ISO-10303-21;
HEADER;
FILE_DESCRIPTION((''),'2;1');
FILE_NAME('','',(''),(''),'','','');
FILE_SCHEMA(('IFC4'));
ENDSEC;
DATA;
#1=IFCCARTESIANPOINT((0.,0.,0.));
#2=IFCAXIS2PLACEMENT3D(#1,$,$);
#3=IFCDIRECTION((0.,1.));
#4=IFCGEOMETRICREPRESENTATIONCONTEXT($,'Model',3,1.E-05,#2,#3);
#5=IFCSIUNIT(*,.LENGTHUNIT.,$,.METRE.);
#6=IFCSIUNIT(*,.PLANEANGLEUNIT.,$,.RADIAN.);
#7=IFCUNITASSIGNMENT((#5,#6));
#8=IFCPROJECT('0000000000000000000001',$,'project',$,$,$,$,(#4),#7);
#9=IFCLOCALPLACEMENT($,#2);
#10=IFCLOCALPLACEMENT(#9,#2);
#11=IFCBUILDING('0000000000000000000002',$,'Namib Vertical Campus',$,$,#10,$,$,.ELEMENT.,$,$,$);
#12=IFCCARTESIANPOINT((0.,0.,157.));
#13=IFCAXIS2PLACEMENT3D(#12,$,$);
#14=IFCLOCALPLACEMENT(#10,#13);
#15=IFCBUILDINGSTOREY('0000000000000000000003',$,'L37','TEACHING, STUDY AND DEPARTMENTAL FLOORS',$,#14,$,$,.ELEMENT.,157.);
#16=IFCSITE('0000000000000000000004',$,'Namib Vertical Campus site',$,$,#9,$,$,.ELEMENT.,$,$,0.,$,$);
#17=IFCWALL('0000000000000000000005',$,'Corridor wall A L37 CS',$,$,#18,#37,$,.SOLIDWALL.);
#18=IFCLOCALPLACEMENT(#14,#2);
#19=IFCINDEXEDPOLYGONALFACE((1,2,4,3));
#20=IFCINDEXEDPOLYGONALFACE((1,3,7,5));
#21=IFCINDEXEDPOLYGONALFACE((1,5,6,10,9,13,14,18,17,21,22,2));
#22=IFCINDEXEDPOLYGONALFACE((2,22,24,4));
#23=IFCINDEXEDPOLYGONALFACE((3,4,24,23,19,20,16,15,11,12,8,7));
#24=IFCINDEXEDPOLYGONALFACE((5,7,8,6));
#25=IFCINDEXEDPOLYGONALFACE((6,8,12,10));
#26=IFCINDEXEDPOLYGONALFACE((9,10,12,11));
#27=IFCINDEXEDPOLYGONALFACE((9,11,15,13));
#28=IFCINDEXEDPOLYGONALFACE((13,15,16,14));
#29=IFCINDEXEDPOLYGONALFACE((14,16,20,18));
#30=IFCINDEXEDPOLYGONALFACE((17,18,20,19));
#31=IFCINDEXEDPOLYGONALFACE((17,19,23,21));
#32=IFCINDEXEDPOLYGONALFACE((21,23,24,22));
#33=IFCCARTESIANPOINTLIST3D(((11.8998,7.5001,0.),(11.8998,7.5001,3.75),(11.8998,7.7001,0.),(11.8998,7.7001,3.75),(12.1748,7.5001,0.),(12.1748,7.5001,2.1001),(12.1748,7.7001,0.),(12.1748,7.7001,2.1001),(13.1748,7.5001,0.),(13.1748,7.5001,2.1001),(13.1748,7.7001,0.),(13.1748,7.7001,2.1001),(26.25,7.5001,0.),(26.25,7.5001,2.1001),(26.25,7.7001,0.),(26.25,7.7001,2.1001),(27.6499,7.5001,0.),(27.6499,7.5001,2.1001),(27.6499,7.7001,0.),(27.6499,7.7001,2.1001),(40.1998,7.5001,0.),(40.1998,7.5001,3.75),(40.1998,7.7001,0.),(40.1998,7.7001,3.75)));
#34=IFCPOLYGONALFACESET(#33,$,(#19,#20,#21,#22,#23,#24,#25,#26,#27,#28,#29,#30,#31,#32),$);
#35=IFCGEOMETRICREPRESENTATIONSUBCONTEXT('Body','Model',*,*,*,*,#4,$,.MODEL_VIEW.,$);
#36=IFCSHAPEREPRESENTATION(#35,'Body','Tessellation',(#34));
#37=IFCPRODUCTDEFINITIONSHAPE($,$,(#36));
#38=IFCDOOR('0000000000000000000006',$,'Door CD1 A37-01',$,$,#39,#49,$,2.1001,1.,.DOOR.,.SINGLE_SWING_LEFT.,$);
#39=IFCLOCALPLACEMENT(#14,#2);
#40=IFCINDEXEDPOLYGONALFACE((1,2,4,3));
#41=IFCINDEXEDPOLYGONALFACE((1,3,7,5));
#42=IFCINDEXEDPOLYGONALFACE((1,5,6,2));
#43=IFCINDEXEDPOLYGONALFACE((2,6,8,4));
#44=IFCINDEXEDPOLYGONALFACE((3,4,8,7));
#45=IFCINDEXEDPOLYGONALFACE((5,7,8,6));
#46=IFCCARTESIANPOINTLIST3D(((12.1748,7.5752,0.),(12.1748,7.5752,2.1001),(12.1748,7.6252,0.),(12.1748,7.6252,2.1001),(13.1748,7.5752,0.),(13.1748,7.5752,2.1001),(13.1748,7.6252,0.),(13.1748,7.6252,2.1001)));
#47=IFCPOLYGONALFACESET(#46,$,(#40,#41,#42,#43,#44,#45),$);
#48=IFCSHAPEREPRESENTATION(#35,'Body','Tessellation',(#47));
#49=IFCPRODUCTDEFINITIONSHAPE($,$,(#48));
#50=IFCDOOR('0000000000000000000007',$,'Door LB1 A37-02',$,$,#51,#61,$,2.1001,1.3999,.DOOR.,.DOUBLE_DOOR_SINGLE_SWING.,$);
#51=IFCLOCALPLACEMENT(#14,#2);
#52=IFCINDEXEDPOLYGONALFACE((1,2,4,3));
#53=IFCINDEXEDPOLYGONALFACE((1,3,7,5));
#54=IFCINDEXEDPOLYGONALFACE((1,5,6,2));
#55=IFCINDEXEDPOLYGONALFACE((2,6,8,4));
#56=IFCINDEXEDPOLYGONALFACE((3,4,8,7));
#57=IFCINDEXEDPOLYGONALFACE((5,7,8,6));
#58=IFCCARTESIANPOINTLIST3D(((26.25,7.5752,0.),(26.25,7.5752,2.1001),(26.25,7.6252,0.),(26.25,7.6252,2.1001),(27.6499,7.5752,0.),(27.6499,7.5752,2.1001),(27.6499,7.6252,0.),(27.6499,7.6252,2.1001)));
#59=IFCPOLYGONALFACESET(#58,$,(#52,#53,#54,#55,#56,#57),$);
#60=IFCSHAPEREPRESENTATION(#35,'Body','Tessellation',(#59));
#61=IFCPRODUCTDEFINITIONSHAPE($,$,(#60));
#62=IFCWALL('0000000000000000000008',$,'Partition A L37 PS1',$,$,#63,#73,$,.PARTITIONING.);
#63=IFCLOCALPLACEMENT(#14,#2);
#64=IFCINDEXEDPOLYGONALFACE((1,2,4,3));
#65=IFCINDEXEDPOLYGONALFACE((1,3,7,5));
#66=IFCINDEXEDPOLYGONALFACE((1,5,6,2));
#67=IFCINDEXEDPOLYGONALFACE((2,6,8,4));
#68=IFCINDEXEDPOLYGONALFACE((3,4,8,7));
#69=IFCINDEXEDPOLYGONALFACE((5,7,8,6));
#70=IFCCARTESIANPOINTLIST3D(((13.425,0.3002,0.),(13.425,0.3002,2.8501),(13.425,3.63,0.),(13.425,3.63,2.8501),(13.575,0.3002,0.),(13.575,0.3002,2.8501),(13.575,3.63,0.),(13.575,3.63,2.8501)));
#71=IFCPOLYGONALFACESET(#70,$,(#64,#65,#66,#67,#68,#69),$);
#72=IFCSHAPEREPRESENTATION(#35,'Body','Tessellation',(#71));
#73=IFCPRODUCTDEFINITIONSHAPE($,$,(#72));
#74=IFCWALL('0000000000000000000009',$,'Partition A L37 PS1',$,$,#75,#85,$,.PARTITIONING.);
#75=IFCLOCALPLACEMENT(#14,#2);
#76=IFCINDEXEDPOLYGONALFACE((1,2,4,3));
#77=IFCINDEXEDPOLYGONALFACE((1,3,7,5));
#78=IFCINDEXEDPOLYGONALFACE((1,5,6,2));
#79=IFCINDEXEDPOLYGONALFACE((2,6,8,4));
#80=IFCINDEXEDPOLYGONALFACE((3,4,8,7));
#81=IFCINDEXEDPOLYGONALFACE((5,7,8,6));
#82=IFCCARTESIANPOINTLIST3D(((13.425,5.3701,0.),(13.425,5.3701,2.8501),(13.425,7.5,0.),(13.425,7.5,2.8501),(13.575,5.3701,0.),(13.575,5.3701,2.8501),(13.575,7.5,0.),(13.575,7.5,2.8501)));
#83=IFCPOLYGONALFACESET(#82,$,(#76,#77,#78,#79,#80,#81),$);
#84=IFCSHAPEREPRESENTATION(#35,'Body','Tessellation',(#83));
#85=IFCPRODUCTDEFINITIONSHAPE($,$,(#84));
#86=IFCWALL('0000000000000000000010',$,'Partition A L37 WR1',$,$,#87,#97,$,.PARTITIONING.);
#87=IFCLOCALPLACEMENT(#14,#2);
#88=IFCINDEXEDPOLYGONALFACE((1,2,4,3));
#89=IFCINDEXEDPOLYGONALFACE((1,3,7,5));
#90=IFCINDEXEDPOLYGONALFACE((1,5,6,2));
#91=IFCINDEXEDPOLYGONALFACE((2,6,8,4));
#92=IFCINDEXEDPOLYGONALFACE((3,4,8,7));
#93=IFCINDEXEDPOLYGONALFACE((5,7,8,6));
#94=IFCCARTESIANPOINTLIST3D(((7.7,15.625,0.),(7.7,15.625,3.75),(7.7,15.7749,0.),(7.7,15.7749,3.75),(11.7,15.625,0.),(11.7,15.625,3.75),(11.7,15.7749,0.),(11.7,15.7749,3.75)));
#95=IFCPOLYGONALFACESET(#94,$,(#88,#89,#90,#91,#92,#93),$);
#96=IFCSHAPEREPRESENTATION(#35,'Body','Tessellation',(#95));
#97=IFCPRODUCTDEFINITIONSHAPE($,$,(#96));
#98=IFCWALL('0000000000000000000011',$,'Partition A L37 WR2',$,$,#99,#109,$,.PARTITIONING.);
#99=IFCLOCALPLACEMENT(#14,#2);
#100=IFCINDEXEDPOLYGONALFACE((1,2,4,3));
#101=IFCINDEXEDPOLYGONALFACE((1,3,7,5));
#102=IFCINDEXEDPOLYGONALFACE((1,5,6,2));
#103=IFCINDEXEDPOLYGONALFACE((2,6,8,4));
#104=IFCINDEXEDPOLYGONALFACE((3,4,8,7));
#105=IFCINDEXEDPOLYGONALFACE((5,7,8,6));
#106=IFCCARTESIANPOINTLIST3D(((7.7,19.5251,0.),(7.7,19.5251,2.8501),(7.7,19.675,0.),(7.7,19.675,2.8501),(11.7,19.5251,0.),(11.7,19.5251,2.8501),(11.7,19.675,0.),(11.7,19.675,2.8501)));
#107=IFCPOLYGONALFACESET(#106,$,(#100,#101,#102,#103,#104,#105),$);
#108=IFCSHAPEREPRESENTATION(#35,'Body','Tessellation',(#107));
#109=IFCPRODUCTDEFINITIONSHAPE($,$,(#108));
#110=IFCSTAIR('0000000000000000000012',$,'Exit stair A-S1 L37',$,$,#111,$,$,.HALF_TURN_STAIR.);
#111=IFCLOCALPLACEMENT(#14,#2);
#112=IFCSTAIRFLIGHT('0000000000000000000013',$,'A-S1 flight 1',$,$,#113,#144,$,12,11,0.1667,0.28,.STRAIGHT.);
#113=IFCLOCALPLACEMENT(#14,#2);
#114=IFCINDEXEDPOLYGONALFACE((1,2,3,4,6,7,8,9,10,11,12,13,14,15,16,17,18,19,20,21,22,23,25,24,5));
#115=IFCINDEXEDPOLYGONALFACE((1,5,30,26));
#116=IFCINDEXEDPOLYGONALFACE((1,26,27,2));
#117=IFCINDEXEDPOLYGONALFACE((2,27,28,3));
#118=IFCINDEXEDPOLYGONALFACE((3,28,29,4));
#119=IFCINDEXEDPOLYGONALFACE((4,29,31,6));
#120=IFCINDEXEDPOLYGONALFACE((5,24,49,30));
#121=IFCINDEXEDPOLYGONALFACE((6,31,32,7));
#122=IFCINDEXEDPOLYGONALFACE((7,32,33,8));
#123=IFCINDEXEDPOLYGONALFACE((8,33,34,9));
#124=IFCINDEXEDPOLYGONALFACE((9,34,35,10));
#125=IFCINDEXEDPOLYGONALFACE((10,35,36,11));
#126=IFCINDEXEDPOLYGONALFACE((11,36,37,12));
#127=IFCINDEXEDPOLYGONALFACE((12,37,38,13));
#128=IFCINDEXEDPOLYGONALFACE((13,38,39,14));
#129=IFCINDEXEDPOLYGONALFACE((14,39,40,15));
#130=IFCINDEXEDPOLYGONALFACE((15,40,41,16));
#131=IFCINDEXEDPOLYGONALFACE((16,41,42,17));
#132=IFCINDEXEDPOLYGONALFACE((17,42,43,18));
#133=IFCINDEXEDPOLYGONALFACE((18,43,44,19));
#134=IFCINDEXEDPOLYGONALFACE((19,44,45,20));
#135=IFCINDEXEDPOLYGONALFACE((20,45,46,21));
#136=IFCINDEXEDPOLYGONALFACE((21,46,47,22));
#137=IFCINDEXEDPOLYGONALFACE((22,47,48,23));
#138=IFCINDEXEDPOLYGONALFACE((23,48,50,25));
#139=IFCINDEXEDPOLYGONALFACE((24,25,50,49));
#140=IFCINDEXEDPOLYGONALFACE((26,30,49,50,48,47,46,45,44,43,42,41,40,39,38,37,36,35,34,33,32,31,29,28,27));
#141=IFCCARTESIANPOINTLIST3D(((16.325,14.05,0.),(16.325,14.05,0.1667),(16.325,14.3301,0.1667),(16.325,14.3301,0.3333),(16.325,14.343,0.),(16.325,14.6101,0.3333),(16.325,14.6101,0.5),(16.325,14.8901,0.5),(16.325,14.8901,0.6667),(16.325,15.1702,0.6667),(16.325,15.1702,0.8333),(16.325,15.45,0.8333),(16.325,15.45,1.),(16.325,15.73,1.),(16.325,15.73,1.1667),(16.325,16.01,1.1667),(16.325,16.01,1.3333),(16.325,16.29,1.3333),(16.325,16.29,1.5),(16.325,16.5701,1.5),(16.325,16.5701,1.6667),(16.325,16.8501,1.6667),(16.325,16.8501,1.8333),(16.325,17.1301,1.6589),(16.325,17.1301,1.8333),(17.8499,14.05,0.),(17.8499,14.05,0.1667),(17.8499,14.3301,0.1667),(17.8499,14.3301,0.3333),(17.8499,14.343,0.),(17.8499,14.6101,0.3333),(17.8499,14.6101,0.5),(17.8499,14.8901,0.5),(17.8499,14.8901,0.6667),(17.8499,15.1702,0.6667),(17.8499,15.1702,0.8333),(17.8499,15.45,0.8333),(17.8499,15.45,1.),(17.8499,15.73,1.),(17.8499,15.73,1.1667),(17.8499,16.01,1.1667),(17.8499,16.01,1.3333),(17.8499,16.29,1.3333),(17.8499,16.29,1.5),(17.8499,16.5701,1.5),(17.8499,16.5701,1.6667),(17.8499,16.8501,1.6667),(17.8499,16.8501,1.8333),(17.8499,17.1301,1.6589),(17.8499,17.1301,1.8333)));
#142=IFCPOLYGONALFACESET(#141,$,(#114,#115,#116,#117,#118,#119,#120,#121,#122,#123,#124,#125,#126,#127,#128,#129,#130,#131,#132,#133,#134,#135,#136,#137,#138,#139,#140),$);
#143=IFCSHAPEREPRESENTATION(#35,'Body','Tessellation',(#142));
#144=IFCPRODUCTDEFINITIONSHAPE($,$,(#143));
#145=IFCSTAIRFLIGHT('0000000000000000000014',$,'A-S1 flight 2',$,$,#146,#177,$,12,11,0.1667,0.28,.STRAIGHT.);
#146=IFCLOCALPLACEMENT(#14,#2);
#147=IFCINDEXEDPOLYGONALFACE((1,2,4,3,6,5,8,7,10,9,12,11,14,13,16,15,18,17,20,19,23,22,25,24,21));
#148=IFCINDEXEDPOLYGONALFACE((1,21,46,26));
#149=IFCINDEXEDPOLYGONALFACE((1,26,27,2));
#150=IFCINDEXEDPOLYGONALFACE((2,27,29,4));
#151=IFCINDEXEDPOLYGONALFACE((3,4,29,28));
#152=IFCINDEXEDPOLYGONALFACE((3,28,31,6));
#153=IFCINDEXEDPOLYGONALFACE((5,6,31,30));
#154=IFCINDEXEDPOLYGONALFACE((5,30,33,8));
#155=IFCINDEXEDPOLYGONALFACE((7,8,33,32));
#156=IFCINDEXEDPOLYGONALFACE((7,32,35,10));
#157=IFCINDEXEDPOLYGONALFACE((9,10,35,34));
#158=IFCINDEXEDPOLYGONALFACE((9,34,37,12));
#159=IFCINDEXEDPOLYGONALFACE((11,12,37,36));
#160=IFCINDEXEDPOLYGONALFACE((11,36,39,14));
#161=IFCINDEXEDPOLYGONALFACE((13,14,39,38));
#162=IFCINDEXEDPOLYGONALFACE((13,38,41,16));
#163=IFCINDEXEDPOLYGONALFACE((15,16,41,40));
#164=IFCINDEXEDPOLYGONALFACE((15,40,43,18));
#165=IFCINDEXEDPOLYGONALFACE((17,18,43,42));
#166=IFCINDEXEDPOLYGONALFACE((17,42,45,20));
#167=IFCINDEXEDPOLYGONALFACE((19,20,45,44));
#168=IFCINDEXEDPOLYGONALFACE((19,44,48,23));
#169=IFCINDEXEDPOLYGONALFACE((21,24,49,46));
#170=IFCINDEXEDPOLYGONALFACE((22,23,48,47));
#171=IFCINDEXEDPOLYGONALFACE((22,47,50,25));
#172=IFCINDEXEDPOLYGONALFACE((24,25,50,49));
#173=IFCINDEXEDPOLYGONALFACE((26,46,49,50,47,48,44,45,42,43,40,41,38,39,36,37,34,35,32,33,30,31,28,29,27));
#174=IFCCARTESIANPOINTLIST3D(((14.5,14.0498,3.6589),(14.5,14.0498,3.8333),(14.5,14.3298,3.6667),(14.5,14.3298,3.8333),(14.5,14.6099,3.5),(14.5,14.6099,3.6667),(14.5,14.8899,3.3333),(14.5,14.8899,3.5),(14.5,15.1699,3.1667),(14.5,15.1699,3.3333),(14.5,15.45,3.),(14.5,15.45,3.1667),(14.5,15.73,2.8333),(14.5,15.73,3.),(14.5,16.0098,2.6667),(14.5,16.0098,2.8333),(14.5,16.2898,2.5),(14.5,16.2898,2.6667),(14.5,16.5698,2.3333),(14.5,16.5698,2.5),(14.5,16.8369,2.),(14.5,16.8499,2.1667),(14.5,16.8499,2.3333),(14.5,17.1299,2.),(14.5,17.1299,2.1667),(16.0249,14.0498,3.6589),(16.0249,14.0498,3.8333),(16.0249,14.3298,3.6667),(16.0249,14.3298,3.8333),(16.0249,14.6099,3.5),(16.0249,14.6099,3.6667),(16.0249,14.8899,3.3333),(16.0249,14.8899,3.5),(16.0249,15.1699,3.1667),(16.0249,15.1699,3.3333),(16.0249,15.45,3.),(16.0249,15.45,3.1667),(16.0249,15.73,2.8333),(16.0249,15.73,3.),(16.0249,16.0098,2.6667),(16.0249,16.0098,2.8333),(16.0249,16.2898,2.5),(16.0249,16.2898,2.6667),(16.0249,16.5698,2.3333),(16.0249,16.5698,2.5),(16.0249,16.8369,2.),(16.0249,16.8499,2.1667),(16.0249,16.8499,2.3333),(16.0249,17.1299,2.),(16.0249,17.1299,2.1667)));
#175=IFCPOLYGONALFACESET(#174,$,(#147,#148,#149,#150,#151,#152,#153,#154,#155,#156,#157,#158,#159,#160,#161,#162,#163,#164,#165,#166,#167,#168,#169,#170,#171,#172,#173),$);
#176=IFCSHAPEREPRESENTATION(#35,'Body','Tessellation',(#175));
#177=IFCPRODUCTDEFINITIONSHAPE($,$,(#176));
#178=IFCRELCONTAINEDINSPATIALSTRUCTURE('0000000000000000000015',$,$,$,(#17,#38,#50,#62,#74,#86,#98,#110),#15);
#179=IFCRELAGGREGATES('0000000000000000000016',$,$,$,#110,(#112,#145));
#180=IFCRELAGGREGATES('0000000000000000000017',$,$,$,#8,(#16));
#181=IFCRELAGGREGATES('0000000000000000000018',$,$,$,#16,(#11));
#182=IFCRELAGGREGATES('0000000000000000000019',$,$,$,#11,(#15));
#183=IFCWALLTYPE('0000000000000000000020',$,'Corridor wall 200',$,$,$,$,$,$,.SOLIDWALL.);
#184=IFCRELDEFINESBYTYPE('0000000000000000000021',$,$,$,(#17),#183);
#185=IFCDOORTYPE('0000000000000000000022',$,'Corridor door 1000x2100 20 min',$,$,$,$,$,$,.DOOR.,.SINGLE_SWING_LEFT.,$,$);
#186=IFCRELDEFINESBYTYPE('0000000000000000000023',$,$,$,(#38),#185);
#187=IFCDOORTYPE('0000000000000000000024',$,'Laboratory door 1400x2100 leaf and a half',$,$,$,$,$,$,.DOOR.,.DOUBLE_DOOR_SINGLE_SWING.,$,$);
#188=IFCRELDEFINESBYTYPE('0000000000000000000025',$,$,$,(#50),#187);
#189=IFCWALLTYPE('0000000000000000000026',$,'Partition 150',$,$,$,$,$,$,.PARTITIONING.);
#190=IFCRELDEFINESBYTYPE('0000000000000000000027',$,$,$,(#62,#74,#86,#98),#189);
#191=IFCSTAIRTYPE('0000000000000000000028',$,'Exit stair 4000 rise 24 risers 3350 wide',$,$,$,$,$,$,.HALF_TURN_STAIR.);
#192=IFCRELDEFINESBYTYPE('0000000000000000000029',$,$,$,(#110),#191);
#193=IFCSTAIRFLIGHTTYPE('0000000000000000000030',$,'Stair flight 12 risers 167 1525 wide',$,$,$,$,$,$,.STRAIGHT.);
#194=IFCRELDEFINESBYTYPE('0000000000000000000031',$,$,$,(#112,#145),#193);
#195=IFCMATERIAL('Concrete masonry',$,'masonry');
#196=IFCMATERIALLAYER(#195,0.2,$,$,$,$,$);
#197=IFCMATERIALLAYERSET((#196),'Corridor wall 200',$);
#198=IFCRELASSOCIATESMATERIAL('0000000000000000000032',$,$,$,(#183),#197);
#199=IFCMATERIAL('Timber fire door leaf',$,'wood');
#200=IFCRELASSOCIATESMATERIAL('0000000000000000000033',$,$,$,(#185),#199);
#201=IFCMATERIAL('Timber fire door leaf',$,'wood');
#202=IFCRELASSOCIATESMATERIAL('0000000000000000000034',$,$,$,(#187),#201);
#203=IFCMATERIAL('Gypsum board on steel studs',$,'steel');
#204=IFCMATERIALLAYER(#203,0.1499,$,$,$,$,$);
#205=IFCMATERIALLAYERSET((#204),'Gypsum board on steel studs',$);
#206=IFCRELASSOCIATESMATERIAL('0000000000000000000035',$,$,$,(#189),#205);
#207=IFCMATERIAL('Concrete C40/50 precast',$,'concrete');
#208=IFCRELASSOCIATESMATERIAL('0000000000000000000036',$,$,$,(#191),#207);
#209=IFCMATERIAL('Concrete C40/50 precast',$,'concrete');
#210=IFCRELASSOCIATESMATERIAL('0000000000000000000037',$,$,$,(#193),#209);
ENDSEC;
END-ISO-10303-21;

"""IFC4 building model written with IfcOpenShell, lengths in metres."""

from ifc_helpers import new_model, si_unit, direction, frame, frame_2d, origin, place, context, subcontext, project, spatial, polyline, rectangle, outline, extrude, material, layer, layer_set, type_object, element, fill, aggregate, save


model = new_model("IFC4")

# Units and contexts
model_context = context("Model", 3, precision=1e-05, world=origin(), true_north=direction((0.0, 1.0)))
body_context = subcontext(model_context, "Body", "Model", "MODEL_VIEW")
ifc_project = project(units=[si_unit("LENGTHUNIT", "METRE"), si_unit("PLANEANGLEUNIT", "RADIAN")], contexts=[model_context])

# Site, building, storey
site_placement = place(None, origin())
site = spatial("IfcSite", under=ifc_project, at=site_placement, Name="Namib Vertical Campus site", CompositionType="ELEMENT", RefElevation=0.0)
building_placement = place(site_placement, origin())
building = spatial("IfcBuilding", under=site, at=building_placement, Name="Namib Vertical Campus", CompositionType="ELEMENT")
storey_placement = place(building_placement, frame((0.0, 0.0, 157.0)))
storey = spatial("IfcBuildingStorey", under=building, at=storey_placement, Name="L37", Description="TEACHING, STUDY AND DEPARTMENTAL FLOORS", CompositionType="ELEMENT", Elevation=157.0)

# Wall, openings, doors
ifc_material_1 = material(Name="Concrete masonry", Category="masonry")
ifc_layer_1 = layer(ifc_material_1, 0.2)
ifc_layer_set_1 = layer_set([ifc_layer_1], Name="Corridor wall 200")
wall_type_1 = type_object("IfcWallType", Name="Corridor wall 200", PredefinedType="SOLIDWALL", material=ifc_layer_set_1)
wall_1_placement = place(storey_placement, frame((11.8999, 7.6001, 0.0), z_axis=(0.0, 0.0, 1.0), x_axis=(1.0, 0.0, 0.0)))
wall_1 = element("IfcWall", 1, at=wall_1_placement, inside=storey, type_object=wall_type_1, Name="Corridor wall A L37 CS", PredefinedType="SOLIDWALL", context=body_context, shape_type="SweptSolid", body=[
    extrude(rectangle(XDim=28.3, YDim=0.2, at=frame_2d((14.1499, 0.0))), origin(), (0.0, 0.0, 1.0), 3.75),
])
opening_1_placement = place(wall_1_placement, frame((0.2749, 0.0, 0.0)))
opening_1 = element("IfcOpeningElement", 2, at=opening_1_placement, cuts=wall_1, PredefinedType="OPENING", context=body_context, shape_type="SweptSolid", body=[
    extrude(rectangle(XDim=1.0, YDim=2.1001, at=frame_2d((0.5, 1.05))), frame((0.0, 0.1099, 0.0), z_axis=(0.0, -1.0, 0.0), x_axis=(1.0, 0.0, 0.0)), (0.0, 0.0, 1.0), 0.22),
])
opening_2_placement = place(wall_1_placement, frame((14.3501, 0.0, 0.0)))
opening_2 = element("IfcOpeningElement", 3, at=opening_2_placement, cuts=wall_1, PredefinedType="OPENING", context=body_context, shape_type="SweptSolid", body=[
    extrude(rectangle(XDim=1.3999, YDim=2.1001, at=frame_2d((0.7, 1.05))), frame((0.0, 0.1099, 0.0), z_axis=(0.0, -1.0, 0.0), x_axis=(1.0, 0.0, 0.0)), (0.0, 0.0, 1.0), 0.22),
])
ifc_material_2 = material(Name="Timber fire door leaf", Category="wood")
door_type_1 = type_object("IfcDoorType", Name="Corridor door 1000x2100 20 min", OperationType="SINGLE_SWING_LEFT", PredefinedType="DOOR", material=ifc_material_2)
door_1_placement = place(opening_1_placement, frame((1.0, 0.0, 0.0), z_axis=(0.0, 0.0, 1.0), x_axis=(-1.0, 0.0, 0.0)))
door_1 = element("IfcDoor", 4, at=door_1_placement, inside=storey, type_object=door_type_1, Name="Door CD1 A37-01", OperationType="SINGLE_SWING_LEFT", OverallHeight=2.1001, OverallWidth=1.0, PredefinedType="DOOR", context=body_context, shape_type="SweptSolid", body=[
    extrude(rectangle(XDim=1.0, YDim=2.1001, at=frame_2d((0.5, 1.05))), frame((0.0, 0.0249, 0.0), z_axis=(0.0, -1.0, 0.0), x_axis=(1.0, 0.0, 0.0)), (0.0, 0.0, 1.0), 0.05),
])
fill(opening_1, door_1)
ifc_material_3 = material(Name="Timber fire door leaf", Category="wood")
door_type_2 = type_object("IfcDoorType", Name="Laboratory door 1400x2100 leaf and a half", OperationType="DOUBLE_DOOR_SINGLE_SWING", PredefinedType="DOOR", material=ifc_material_3)
door_2_placement = place(opening_2_placement, frame((1.3999, 0.0, 0.0), z_axis=(0.0, 0.0, 1.0), x_axis=(-1.0, 0.0, 0.0)))
door_2 = element("IfcDoor", 5, at=door_2_placement, inside=storey, type_object=door_type_2, Name="Door LB1 A37-02", OperationType="DOUBLE_DOOR_SINGLE_SWING", OverallHeight=2.1001, OverallWidth=1.3999, PredefinedType="DOOR", context=body_context, shape_type="SweptSolid", body=[
    extrude(rectangle(XDim=1.3999, YDim=2.1001, at=frame_2d((0.7, 1.05))), frame((0.0, 0.0249, 0.0), z_axis=(0.0, -1.0, 0.0), x_axis=(1.0, 0.0, 0.0)), (0.0, 0.0, 1.0), 0.05),
])
fill(opening_2, door_2)

# Walls
ifc_material_4 = material(Name="Gypsum board on steel studs", Category="steel")
ifc_layer_2 = layer(ifc_material_4, 0.1499)
ifc_layer_set_2 = layer_set([ifc_layer_2], Name="Gypsum board on steel studs")
wall_type_2 = type_object("IfcWallType", Name="Partition 150", PredefinedType="PARTITIONING", material=ifc_layer_set_2)
wall_2_placement = place(storey_placement, frame((13.5, 0.3, 0.0), z_axis=(0.0, 0.0, 1.0), x_axis=(0.0, 1.0, 0.0)))
element("IfcWall", 6, at=wall_2_placement, inside=storey, type_object=wall_type_2, Name="Partition A L37 PS1", PredefinedType="PARTITIONING", context=body_context, shape_type="SweptSolid", body=[
    extrude(rectangle(XDim=3.3298, YDim=0.1499, at=frame_2d((1.665, 0.0))), origin(), (0.0, 0.0, 1.0), 2.8501),
])
wall_3_placement = place(storey_placement, frame((13.5, 5.3701, 0.0), z_axis=(0.0, 0.0, 1.0), x_axis=(0.0, 1.0, 0.0)))
element("IfcWall", 7, at=wall_3_placement, inside=storey, type_object=wall_type_2, Name="Partition A L37 PS1", PredefinedType="PARTITIONING", context=body_context, shape_type="SweptSolid", body=[
    extrude(rectangle(XDim=2.1299, YDim=0.1499, at=frame_2d((1.0649, 0.0))), origin(), (0.0, 0.0, 1.0), 2.8501),
])
wall_4_placement = place(storey_placement, frame((11.7, 15.7, 0.0), z_axis=(0.0, 0.0, 1.0), x_axis=(-1.0, 0.0, 0.0)))
element("IfcWall", 8, at=wall_4_placement, inside=storey, type_object=wall_type_2, Name="Partition A L37 WR1", PredefinedType="PARTITIONING", context=body_context, shape_type="SweptSolid", body=[
    extrude(rectangle(XDim=4.0, YDim=0.1499, at=frame_2d((2.0, 0.0))), origin(), (0.0, 0.0, 1.0), 3.75),
])
wall_5_placement = place(storey_placement, frame((11.7, 19.6001, 0.0), z_axis=(0.0, 0.0, 1.0), x_axis=(-1.0, 0.0, 0.0)))
element("IfcWall", 9, at=wall_5_placement, inside=storey, type_object=wall_type_2, Name="Partition A L37 WR2", PredefinedType="PARTITIONING", context=body_context, shape_type="SweptSolid", body=[
    extrude(rectangle(XDim=4.0, YDim=0.1499, at=frame_2d((2.0, 0.0))), origin(), (0.0, 0.0, 1.0), 2.8501),
])

# Stair, stair flights
ifc_material_5 = material(Name="Concrete C40/50 precast", Category="concrete")
stair_type = type_object("IfcStairType", Name="Exit stair 4000 rise 24 risers 3350 wide", PredefinedType="HALF_TURN_STAIR", material=ifc_material_5)
stair_placement = place(storey_placement, origin())
stair = element("IfcStair", 10, at=stair_placement, inside=storey, type_object=stair_type, Name="Exit stair A-S1 L37", PredefinedType="HALF_TURN_STAIR")
ifc_material_6 = material(Name="Concrete C40/50 precast", Category="concrete")
stair_flight_type = type_object("IfcStairFlightType", Name="Stair flight 12 risers 167 1525 wide", PredefinedType="STRAIGHT", material=ifc_material_6)
stair_flight_1_placement = place(storey_placement, frame((17.0874, 14.05, 0.0), z_axis=(0.0, 0.0, 1.0), x_axis=(0.0, 1.0, 0.0)))
stair_flight_1 = element("IfcStairFlight", 11, at=stair_flight_1_placement, type_object=stair_flight_type, Name="A-S1 flight 1", NumberOfRisers=12, NumberOfTreads=11, PredefinedType="STRAIGHT", RiserHeight=0.1667, TreadLength=0.28, context=body_context, shape_type="SweptSolid", body=[
    extrude(outline(polyline([(0.0, 0.0), (0.0, 0.1667), (0.28, 0.1667), (0.28, 0.3333), (0.5601, 0.3333), (0.5601, 0.5), (0.8401, 0.5), (0.8401, 0.6667), (1.1201, 0.6667), (1.1201, 0.8333), (1.3999, 0.8333), (1.3999, 1.0), (1.6799, 1.0), (1.6799, 1.1667), (1.96, 1.1667), (1.96, 1.3333), (2.24, 1.3333), (2.24, 1.5), (2.52, 1.5), (2.52, 1.6667), (2.8, 1.6667), (2.8, 1.8333), (3.0801, 1.8333), (3.0801, 2.0), (3.0801, 1.6589), (0.293, 0.0), (0.0, 0.0)])), frame((0.0, 0.7625, 0.0), z_axis=(0.0, -1.0, 0.0), x_axis=(1.0, 0.0, 0.0)), (0.0, 0.0, 1.0), 1.5249),
])
stair_flight_2_placement = place(storey_placement, frame((15.2625, 17.1299, 2.0), z_axis=(0.0, 0.0, 1.0), x_axis=(0.0, -1.0, 0.0)))
stair_flight_2 = element("IfcStairFlight", 12, at=stair_flight_2_placement, type_object=stair_flight_type, Name="A-S1 flight 2", NumberOfRisers=12, NumberOfTreads=11, PredefinedType="STRAIGHT", RiserHeight=0.1667, TreadLength=0.28, context=body_context, shape_type="SweptSolid", body=[
    extrude(outline(polyline([(0.0, 0.0), (0.0, 0.1667), (0.28, 0.1667), (0.28, 0.3333), (0.5601, 0.3333), (0.5601, 0.5), (0.8401, 0.5), (0.8401, 0.6667), (1.1201, 0.6667), (1.1201, 0.8333), (1.3999, 0.8333), (1.3999, 1.0), (1.6799, 1.0), (1.6799, 1.1667), (1.96, 1.1667), (1.96, 1.3333), (2.24, 1.3333), (2.24, 1.5), (2.52, 1.5), (2.52, 1.6667), (2.8, 1.6667), (2.8, 1.8333), (3.0801, 1.8333), (3.0801, 2.0), (3.0801, 1.6589), (0.293, 0.0), (0.0, 0.0)])), frame((0.0, 0.7625, 0.0), z_axis=(0.0, -1.0, 0.0), x_axis=(1.0, 0.0, 0.0)), (0.0, 0.0, 1.0), 1.5249),
])
aggregate(stair, [stair_flight_1, stair_flight_2])

save(model, "model.ifc")
